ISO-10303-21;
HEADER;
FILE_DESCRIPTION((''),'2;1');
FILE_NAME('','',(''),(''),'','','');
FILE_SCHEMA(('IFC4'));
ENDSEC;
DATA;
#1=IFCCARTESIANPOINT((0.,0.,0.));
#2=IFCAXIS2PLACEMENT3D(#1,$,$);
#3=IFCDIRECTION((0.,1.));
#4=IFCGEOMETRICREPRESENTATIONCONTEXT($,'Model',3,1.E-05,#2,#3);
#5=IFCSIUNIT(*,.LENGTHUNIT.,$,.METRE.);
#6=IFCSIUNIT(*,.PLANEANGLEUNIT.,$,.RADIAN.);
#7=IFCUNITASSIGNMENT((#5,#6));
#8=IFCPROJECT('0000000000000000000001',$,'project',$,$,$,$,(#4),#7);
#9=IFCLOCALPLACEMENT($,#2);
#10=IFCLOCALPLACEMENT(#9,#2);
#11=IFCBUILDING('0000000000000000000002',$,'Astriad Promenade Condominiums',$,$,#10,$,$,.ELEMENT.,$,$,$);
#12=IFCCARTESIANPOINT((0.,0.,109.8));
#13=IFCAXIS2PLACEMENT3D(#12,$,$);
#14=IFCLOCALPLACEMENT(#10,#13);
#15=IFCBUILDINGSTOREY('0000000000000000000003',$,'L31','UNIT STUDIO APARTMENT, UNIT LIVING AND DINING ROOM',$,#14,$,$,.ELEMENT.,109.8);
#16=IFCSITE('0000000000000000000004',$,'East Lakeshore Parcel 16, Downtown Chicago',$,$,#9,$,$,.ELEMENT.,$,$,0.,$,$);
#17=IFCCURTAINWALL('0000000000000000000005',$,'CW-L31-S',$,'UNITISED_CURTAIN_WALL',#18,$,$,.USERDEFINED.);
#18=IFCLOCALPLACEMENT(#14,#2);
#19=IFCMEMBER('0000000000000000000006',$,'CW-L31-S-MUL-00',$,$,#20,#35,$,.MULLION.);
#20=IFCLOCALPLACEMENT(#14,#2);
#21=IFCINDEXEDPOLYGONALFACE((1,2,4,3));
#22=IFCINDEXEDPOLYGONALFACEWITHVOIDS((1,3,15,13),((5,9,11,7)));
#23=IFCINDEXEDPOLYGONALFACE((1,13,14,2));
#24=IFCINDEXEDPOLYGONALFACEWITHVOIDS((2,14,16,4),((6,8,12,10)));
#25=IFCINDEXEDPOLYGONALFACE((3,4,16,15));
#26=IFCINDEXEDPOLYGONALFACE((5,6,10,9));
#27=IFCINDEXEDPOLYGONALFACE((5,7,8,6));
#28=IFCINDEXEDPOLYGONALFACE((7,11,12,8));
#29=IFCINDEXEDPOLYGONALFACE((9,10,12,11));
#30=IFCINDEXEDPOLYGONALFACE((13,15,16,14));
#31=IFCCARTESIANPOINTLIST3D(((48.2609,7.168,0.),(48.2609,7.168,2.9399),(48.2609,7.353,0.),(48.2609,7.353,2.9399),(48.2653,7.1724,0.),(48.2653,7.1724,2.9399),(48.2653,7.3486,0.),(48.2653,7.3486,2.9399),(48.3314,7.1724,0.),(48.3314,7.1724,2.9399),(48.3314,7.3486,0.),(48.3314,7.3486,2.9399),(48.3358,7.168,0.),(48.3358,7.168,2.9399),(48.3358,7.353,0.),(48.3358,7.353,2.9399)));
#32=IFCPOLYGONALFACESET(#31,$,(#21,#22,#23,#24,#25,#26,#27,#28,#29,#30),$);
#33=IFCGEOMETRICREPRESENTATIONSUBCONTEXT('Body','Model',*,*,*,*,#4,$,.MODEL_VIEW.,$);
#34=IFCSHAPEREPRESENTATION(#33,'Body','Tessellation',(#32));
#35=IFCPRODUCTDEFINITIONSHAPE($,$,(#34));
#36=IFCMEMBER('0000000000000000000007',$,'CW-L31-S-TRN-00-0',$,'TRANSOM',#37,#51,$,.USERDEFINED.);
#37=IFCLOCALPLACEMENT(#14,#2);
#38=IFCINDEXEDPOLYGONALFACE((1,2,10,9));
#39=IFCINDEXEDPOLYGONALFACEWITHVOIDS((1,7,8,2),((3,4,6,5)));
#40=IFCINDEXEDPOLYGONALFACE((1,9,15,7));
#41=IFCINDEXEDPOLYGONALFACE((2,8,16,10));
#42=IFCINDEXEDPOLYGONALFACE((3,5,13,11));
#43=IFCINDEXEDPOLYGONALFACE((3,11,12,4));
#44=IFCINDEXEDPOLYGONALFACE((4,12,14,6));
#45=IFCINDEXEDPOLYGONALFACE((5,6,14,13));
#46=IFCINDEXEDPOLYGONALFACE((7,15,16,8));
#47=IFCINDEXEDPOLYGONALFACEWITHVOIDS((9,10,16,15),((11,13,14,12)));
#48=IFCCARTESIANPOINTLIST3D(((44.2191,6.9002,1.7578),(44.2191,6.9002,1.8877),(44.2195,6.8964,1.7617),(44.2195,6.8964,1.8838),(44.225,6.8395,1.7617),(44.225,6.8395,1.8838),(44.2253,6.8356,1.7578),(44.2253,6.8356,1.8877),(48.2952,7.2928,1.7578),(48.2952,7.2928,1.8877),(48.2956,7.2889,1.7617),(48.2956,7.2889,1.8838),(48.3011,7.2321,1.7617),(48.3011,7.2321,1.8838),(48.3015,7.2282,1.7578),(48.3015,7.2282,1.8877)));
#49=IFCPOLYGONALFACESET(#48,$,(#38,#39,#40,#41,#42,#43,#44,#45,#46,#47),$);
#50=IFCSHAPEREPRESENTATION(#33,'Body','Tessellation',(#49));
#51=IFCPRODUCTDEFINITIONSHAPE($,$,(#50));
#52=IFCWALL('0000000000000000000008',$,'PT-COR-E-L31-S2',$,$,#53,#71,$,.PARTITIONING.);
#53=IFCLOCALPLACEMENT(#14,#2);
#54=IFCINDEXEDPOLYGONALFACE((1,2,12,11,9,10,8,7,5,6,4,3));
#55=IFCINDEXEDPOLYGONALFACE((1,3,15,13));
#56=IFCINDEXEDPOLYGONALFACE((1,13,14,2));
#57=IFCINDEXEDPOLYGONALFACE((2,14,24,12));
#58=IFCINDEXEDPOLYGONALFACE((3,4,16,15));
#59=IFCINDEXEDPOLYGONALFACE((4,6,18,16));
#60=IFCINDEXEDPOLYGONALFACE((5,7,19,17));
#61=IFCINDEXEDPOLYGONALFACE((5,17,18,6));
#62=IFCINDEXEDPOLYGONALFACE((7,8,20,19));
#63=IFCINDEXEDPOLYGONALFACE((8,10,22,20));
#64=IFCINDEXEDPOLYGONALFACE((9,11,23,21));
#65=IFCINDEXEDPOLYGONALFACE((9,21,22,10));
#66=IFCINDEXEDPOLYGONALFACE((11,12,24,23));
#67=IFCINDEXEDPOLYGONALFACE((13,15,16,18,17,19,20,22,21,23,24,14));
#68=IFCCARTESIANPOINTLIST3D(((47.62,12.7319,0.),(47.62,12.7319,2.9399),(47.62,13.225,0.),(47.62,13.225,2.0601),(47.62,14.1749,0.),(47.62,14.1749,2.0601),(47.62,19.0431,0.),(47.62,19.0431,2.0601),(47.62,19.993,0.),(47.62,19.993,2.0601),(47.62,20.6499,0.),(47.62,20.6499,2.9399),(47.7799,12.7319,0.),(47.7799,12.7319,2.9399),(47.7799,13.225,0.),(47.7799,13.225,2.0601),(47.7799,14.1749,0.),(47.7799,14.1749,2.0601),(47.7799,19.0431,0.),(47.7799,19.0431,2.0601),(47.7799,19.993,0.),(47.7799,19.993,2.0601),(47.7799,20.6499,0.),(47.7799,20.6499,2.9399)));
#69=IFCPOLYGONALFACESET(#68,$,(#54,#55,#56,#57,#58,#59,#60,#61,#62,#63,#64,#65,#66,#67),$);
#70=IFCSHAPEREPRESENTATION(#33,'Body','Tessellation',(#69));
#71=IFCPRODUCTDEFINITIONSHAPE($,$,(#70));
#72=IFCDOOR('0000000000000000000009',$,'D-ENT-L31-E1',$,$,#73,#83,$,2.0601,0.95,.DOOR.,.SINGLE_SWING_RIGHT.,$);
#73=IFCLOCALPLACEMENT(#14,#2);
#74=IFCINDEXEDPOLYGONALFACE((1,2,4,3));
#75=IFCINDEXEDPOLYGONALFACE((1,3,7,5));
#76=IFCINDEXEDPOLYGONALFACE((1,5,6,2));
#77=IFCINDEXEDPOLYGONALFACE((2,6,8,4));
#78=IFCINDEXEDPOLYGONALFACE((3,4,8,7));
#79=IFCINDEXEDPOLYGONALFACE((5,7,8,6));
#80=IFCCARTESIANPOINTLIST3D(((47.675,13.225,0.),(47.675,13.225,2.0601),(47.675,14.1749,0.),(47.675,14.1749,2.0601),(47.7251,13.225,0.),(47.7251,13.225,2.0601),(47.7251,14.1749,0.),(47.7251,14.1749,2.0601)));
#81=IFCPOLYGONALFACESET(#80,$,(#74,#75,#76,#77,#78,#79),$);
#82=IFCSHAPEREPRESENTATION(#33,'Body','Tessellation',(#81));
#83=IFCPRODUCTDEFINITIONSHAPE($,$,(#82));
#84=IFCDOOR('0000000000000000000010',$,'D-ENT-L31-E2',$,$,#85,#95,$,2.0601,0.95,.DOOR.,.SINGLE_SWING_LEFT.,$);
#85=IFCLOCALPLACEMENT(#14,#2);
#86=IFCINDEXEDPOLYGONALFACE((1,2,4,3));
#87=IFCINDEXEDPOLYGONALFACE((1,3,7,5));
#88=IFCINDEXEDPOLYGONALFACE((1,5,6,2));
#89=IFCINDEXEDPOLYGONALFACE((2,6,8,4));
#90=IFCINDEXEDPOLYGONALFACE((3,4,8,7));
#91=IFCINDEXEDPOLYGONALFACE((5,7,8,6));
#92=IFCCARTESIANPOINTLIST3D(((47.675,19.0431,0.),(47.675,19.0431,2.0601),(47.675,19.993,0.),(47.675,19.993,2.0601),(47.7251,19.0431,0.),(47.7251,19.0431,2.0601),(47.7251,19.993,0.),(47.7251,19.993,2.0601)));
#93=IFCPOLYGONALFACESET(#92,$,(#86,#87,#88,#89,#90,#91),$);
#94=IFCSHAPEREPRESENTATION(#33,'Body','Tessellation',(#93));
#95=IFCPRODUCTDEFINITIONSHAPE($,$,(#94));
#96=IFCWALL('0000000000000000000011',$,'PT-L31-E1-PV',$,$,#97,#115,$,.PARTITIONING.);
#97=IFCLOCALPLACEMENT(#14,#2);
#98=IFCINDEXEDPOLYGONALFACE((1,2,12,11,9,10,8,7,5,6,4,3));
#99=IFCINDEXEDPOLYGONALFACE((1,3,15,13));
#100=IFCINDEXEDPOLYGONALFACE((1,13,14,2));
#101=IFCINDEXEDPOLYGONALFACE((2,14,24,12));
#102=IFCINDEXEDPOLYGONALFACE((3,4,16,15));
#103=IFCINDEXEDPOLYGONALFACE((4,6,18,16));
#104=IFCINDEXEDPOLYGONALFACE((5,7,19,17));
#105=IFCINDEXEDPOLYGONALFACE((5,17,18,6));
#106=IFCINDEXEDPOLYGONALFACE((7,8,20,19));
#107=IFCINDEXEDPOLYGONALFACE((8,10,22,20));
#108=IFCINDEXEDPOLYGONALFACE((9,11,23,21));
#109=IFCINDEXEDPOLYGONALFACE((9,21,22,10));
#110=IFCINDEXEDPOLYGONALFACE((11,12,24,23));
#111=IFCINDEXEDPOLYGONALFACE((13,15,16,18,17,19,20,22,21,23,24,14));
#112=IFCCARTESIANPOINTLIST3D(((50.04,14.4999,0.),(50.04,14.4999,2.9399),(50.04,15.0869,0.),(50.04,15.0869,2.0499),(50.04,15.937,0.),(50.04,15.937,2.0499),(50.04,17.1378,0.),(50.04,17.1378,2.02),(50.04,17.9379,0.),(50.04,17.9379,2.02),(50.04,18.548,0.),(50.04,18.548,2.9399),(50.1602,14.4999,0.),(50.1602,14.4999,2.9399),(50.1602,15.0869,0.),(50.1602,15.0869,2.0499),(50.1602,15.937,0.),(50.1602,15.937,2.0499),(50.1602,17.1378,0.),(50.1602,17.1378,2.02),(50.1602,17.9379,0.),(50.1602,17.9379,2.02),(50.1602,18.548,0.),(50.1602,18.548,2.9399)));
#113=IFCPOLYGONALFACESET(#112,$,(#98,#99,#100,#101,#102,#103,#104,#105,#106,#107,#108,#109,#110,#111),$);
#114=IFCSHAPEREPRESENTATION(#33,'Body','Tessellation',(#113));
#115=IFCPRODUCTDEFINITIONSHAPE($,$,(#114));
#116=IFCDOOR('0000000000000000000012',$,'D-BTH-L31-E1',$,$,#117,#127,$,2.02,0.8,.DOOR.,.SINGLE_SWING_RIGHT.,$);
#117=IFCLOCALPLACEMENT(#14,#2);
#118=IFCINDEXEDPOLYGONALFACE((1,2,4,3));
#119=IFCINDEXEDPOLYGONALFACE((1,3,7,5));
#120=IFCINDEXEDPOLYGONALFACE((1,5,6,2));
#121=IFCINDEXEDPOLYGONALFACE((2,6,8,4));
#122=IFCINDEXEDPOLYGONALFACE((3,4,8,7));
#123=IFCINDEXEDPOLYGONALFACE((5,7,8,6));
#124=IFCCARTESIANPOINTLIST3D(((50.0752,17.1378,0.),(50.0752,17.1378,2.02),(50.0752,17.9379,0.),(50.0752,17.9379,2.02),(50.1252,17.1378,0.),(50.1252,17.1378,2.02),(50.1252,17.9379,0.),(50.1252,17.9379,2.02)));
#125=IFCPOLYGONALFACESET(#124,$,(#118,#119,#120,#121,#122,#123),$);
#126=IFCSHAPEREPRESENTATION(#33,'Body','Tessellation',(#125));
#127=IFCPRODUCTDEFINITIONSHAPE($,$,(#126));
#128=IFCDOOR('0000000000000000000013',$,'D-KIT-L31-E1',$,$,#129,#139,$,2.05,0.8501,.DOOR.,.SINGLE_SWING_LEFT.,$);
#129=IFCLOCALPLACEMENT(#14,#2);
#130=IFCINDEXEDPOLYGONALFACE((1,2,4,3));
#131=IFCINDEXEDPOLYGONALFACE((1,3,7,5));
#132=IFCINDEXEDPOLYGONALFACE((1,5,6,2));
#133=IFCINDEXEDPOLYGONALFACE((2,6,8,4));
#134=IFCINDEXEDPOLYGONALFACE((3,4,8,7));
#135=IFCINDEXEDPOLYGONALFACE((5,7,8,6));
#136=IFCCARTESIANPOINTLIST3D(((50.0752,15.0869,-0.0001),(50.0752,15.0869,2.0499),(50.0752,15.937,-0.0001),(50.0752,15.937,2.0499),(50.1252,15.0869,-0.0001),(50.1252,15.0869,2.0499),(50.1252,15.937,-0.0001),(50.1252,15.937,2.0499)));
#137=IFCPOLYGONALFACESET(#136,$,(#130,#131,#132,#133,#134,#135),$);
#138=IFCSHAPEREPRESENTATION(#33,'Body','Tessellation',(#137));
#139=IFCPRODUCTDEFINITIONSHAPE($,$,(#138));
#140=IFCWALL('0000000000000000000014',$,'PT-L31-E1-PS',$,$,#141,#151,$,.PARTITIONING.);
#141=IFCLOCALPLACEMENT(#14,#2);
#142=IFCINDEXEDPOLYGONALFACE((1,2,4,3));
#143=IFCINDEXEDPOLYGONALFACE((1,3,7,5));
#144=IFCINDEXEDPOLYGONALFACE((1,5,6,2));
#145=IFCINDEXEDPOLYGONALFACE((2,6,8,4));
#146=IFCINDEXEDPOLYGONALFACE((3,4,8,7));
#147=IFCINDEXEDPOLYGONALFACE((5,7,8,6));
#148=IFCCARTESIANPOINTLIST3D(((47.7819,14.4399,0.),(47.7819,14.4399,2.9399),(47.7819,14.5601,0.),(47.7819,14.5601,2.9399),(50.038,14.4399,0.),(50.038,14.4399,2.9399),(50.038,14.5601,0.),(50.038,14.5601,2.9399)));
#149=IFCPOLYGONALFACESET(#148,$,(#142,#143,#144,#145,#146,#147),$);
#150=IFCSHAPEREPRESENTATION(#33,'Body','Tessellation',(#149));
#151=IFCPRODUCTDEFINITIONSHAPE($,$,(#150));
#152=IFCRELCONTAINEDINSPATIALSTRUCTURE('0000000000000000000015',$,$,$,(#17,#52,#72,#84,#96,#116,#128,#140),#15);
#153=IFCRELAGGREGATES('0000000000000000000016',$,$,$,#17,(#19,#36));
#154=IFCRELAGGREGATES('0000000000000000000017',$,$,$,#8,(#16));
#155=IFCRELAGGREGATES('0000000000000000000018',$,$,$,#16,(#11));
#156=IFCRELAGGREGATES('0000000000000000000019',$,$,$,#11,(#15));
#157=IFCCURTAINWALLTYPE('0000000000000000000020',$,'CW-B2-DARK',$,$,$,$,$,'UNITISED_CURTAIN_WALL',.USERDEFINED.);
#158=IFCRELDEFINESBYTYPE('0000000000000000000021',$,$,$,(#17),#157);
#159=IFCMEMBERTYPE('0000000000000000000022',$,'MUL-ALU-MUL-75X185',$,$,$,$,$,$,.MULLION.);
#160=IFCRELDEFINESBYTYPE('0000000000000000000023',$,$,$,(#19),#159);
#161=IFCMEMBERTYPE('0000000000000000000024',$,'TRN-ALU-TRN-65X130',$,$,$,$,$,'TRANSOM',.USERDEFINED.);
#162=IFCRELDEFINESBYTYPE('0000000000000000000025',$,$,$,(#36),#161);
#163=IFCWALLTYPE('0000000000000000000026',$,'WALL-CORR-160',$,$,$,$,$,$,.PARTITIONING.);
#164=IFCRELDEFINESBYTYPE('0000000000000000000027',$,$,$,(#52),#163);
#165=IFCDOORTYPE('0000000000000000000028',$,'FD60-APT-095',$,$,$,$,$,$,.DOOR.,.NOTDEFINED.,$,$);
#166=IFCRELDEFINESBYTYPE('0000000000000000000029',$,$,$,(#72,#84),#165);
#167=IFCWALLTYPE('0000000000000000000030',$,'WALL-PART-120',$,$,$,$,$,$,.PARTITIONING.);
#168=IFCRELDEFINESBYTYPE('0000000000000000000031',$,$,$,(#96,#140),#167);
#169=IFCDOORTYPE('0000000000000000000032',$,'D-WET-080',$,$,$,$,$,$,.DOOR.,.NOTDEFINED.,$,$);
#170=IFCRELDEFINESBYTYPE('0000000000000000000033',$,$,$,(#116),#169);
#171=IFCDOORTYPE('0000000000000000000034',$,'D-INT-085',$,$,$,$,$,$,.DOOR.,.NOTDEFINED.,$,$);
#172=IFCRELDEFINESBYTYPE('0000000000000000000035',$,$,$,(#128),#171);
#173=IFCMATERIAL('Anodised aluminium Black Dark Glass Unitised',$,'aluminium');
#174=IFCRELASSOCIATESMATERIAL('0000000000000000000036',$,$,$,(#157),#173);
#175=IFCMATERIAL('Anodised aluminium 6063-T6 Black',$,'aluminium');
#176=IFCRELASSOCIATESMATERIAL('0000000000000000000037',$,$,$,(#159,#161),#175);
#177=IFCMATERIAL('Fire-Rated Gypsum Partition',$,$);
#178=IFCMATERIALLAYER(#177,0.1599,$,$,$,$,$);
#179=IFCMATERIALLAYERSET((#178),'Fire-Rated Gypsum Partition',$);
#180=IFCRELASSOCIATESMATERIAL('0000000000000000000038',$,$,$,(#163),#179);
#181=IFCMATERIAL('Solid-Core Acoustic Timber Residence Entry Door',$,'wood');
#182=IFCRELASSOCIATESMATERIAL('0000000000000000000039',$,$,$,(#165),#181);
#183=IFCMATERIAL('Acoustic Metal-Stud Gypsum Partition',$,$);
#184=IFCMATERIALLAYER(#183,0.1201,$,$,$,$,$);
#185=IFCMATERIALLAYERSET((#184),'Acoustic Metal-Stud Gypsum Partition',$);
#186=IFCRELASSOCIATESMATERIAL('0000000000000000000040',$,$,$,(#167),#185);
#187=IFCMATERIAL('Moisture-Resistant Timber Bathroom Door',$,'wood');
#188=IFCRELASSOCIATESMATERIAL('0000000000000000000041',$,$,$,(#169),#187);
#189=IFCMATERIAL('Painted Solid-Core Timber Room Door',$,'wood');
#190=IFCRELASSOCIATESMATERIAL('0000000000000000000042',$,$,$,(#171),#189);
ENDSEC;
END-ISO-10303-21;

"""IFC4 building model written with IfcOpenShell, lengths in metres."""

from ifc_helpers import new_model, si_unit, direction, frame, frame_2d, origin, origin_2d, place, context, subcontext, project, spatial, rectangle, hollow_rectangle, extrude, source, transform, mapped, material, layer, layer_set, material_profile, profile_set, type_object, type_shapes, element, fill, aggregate, save


model = new_model("IFC4")

# Units and contexts
model_context = context("Model", 3, precision=1e-05, world=origin(), true_north=direction((0.0, 1.0)))
body_context = subcontext(model_context, "Body", "Model", "MODEL_VIEW")
ifc_project = project(units=[si_unit("LENGTHUNIT", "METRE"), si_unit("PLANEANGLEUNIT", "RADIAN")], contexts=[model_context])

# Site, building, storey
site_placement = place(None, origin())
site = spatial("IfcSite", under=ifc_project, at=site_placement, Name="East Lakeshore Parcel 16, Downtown Chicago", CompositionType="ELEMENT", RefElevation=0.0)
building_placement = place(site_placement, origin())
building = spatial("IfcBuilding", under=site, at=building_placement, Name="Astriad Promenade Condominiums", CompositionType="ELEMENT")
storey_placement = place(building_placement, frame((0.0, 0.0, 109.8)))
storey = spatial("IfcBuildingStorey", under=building, at=storey_placement, Name="L31", Description="UNIT STUDIO APARTMENT, UNIT LIVING AND DINING ROOM", CompositionType="ELEMENT", Elevation=109.8)

# Curtain wall, members
ifc_material_1 = material(Name="Anodised aluminium Black Dark Glass Unitised", Category="aluminium")
curtain_wall_type = type_object("IfcCurtainWallType", Name="CW-B2-DARK", ElementType="UNITISED_CURTAIN_WALL", PredefinedType="USERDEFINED", material=ifc_material_1)
curtain_wall_placement = place(storey_placement, origin())
curtain_wall = element("IfcCurtainWall", 1, at=curtain_wall_placement, inside=storey, type_object=curtain_wall_type, Name="CW-L31-S", ObjectType="UNITISED_CURTAIN_WALL", PredefinedType="USERDEFINED")
ifc_material_2 = material(Name="Anodised aluminium 6063-T6 Black", Category="aluminium")
ifc_material_profile_1 = material_profile(ifc_material_2, hollow_rectangle(XDim=0.075, YDim=0.1851, WallThickness=0.0044, at=origin_2d()), Name="ALU-MUL-75X185")
ifc_profile_set_1 = profile_set([ifc_material_profile_1], Name="Anodised aluminium 6063-T6 Black")
member_type_1 = type_object("IfcMemberType", Name="MUL-ALU-MUL-75X185", PredefinedType="MULLION", material=ifc_profile_set_1)
shared_shape_1 = source(origin(), body_context, "Body", "SweptSolid", [
    extrude(hollow_rectangle(XDim=0.075, YDim=0.1851, WallThickness=0.0044, at=origin_2d()), origin(), (0.0, 0.0, 1.0), 2.9399),
])
type_shapes(member_type_1, [shared_shape_1])
member_1_placement = place(storey_placement, frame((48.2983, 7.2605, 0.0), z_axis=(0.0, 0.0, 1.0), x_axis=(1.0, 0.0, 0.0)))
member_1 = element("IfcMember", 2, at=member_1_placement, type_object=member_type_1, Name="CW-L31-S-MUL-00", PredefinedType="MULLION", context=body_context, shape_type="MappedRepresentation", body=[
    mapped(shared_shape_1, transform((0.0, 0.0, 0.0), scale=1.0)),
])
ifc_material_profile_2 = material_profile(ifc_material_2, hollow_rectangle(XDim=0.0649, YDim=0.1299, WallThickness=0.0039, at=origin_2d()), Name="ALU-TRN-65X130")
ifc_profile_set_2 = profile_set([ifc_material_profile_2], Name="Anodised aluminium 6063-T6 Black")
member_type_2 = type_object("IfcMemberType", Name="TRN-ALU-TRN-65X130", ElementType="TRANSOM", PredefinedType="USERDEFINED", material=ifc_profile_set_2)
shared_shape_2 = source(origin(), body_context, "Body", "SweptSolid", [
    extrude(hollow_rectangle(XDim=0.0649, YDim=0.1299, WallThickness=0.0039, at=origin_2d()), origin(), (0.0, 0.0, 1.0), 4.095),
])
type_shapes(member_type_2, [shared_shape_2])
member_2_placement = place(storey_placement, frame((48.2983, 7.2605, 1.8228), z_axis=(-0.995394, -0.095867, 0.0), x_axis=(0.095867, -0.995394, 0.0)))
member_2 = element("IfcMember", 3, at=member_2_placement, type_object=member_type_2, Name="CW-L31-S-TRN-00-0", ObjectType="TRANSOM", PredefinedType="USERDEFINED", context=body_context, shape_type="MappedRepresentation", body=[
    mapped(shared_shape_2, transform((0.0, 0.0, 0.0), scale=1.0)),
])
aggregate(curtain_wall, [member_1, member_2])

# Walls, openings, doors
ifc_material_3 = material(Name="Fire-Rated Gypsum Partition")
ifc_layer_1 = layer(ifc_material_3, 0.1599)
ifc_layer_set_1 = layer_set([ifc_layer_1], Name="Fire-Rated Gypsum Partition")
wall_type_1 = type_object("IfcWallType", Name="WALL-CORR-160", PredefinedType="PARTITIONING", material=ifc_layer_set_1)
wall_1_placement = place(storey_placement, frame((47.7, 12.7319, 0.0), z_axis=(0.0, 0.0, 1.0), x_axis=(0.0, 1.0, 0.0)))
wall_1 = element("IfcWall", 4, at=wall_1_placement, inside=storey, type_object=wall_type_1, Name="PT-COR-E-L31-S2", PredefinedType="PARTITIONING", context=body_context, shape_type="SweptSolid", body=[
    extrude(rectangle(XDim=7.918, YDim=0.1599, at=frame_2d((3.959, 0.0))), origin(), (0.0, 0.0, 1.0), 2.9399),
])
opening_1_placement = place(wall_1_placement, frame((0.4929, 0.0, 0.0)))
opening_1 = element("IfcOpeningElement", 5, at=opening_1_placement, cuts=wall_1, PredefinedType="OPENING", context=body_context, shape_type="SweptSolid", body=[
    extrude(rectangle(XDim=0.95, YDim=2.0601, at=frame_2d((0.4751, 1.03))), frame((0.0, 0.0898, 0.0), z_axis=(0.0, -1.0, 0.0), x_axis=(1.0, 0.0, 0.0)), (0.0, 0.0, 1.0), 0.1799),
])
opening_2_placement = place(wall_1_placement, frame((6.311, 0.0, 0.0)))
opening_2 = element("IfcOpeningElement", 6, at=opening_2_placement, cuts=wall_1, PredefinedType="OPENING", context=body_context, shape_type="SweptSolid", body=[
    extrude(rectangle(XDim=0.95, YDim=2.0601, at=frame_2d((0.4751, 1.03))), frame((0.0, 0.0898, 0.0), z_axis=(0.0, -1.0, 0.0), x_axis=(1.0, 0.0, 0.0)), (0.0, 0.0, 1.0), 0.1799),
])
ifc_material_4 = material(Name="Solid-Core Acoustic Timber Residence Entry Door", Category="wood")
door_type_1 = type_object("IfcDoorType", Name="FD60-APT-095", OperationType="NOTDEFINED", PredefinedType="DOOR", material=ifc_material_4)
shared_shape_3 = source(origin(), body_context, "Body", "SweptSolid", [
    extrude(rectangle(XDim=0.95, YDim=2.0601, at=frame_2d((0.4751, 1.03))), frame((0.0, 0.0249, 0.0), z_axis=(0.0, -1.0, 0.0), x_axis=(1.0, 0.0, 0.0)), (0.0, 0.0, 1.0), 0.05),
])
type_shapes(door_type_1, [shared_shape_3])
door_1_placement = place(opening_1_placement, origin())
door_1 = element("IfcDoor", 7, at=door_1_placement, inside=storey, type_object=door_type_1, Name="D-ENT-L31-E1", OperationType="SINGLE_SWING_RIGHT", OverallHeight=2.0601, OverallWidth=0.95, PredefinedType="DOOR", context=body_context, shape_type="MappedRepresentation", body=[
    mapped(shared_shape_3, transform((0.0, 0.0, 0.0), scale=1.0)),
])
fill(opening_1, door_1)
door_2_placement = place(opening_2_placement, origin())
door_2 = element("IfcDoor", 8, at=door_2_placement, inside=storey, type_object=door_type_1, Name="D-ENT-L31-E2", OperationType="SINGLE_SWING_LEFT", OverallHeight=2.0601, OverallWidth=0.95, PredefinedType="DOOR", context=body_context, shape_type="MappedRepresentation", body=[
    mapped(shared_shape_3, transform((0.0, 0.0, 0.0), scale=1.0)),
])
fill(opening_2, door_2)
ifc_material_5 = material(Name="Acoustic Metal-Stud Gypsum Partition")
ifc_layer_2 = layer(ifc_material_5, 0.1201)
ifc_layer_set_2 = layer_set([ifc_layer_2], Name="Acoustic Metal-Stud Gypsum Partition")
wall_type_2 = type_object("IfcWallType", Name="WALL-PART-120", PredefinedType="PARTITIONING", material=ifc_layer_set_2)
wall_2_placement = place(storey_placement, frame((50.1001, 14.5, 0.0), z_axis=(0.0, 0.0, 1.0), x_axis=(0.0, 1.0, 0.0)))
wall_2 = element("IfcWall", 9, at=wall_2_placement, inside=storey, type_object=wall_type_2, Name="PT-L31-E1-PV", PredefinedType="PARTITIONING", context=body_context, shape_type="SweptSolid", body=[
    extrude(rectangle(XDim=4.0481, YDim=0.1201, at=frame_2d((2.0239, 0.0))), origin(), (0.0, 0.0, 1.0), 2.9399),
])
opening_3_placement = place(wall_2_placement, frame((0.5869, 0.0, 0.0)))
opening_3 = element("IfcOpeningElement", 10, at=opening_3_placement, cuts=wall_2, PredefinedType="OPENING", context=body_context, shape_type="SweptSolid", body=[
    extrude(rectangle(XDim=0.8501, YDim=2.05, at=frame_2d((0.425, 1.0249))), frame((0.0, 0.0701, 0.0), z_axis=(0.0, -1.0, 0.0), x_axis=(1.0, 0.0, 0.0)), (0.0, 0.0, 1.0), 0.1401),
])
opening_4_placement = place(wall_2_placement, frame((2.6379, 0.0, 0.0)))
opening_4 = element("IfcOpeningElement", 11, at=opening_4_placement, cuts=wall_2, PredefinedType="OPENING", context=body_context, shape_type="SweptSolid", body=[
    extrude(rectangle(XDim=0.8, YDim=2.02, at=frame_2d((0.3999, 1.01))), frame((0.0, 0.0701, 0.0), z_axis=(0.0, -1.0, 0.0), x_axis=(1.0, 0.0, 0.0)), (0.0, 0.0, 1.0), 0.1401),
])
ifc_material_6 = material(Name="Moisture-Resistant Timber Bathroom Door", Category="wood")
door_type_2 = type_object("IfcDoorType", Name="D-WET-080", OperationType="NOTDEFINED", PredefinedType="DOOR", material=ifc_material_6)
shared_shape_4 = source(origin(), body_context, "Body", "SweptSolid", [
    extrude(rectangle(XDim=0.8, YDim=2.02, at=frame_2d((0.3999, 1.01))), frame((0.0, 0.0249, 0.0), z_axis=(0.0, -1.0, 0.0), x_axis=(1.0, 0.0, 0.0)), (0.0, 0.0, 1.0), 0.05),
])
type_shapes(door_type_2, [shared_shape_4])
door_3_placement = place(opening_4_placement, origin())
door_3 = element("IfcDoor", 12, at=door_3_placement, inside=storey, type_object=door_type_2, Name="D-BTH-L31-E1", OperationType="SINGLE_SWING_RIGHT", OverallHeight=2.02, OverallWidth=0.8, PredefinedType="DOOR", context=body_context, shape_type="MappedRepresentation", body=[
    mapped(shared_shape_4, transform((0.0, 0.0, 0.0), scale=1.0)),
])
fill(opening_4, door_3)
ifc_material_7 = material(Name="Painted Solid-Core Timber Room Door", Category="wood")
door_type_3 = type_object("IfcDoorType", Name="D-INT-085", OperationType="NOTDEFINED", PredefinedType="DOOR", material=ifc_material_7)
shared_shape_5 = source(origin(), body_context, "Body", "SweptSolid", [
    extrude(rectangle(XDim=0.8501, YDim=2.05, at=frame_2d((0.425, 1.0249))), frame((0.0, 0.0249, 0.0), z_axis=(0.0, -1.0, 0.0), x_axis=(1.0, 0.0, 0.0)), (0.0, 0.0, 1.0), 0.05),
])
type_shapes(door_type_3, [shared_shape_5])
door_4_placement = place(opening_3_placement, origin())
door_4 = element("IfcDoor", 13, at=door_4_placement, inside=storey, type_object=door_type_3, Name="D-KIT-L31-E1", OperationType="SINGLE_SWING_LEFT", OverallHeight=2.05, OverallWidth=0.8501, PredefinedType="DOOR", context=body_context, shape_type="MappedRepresentation", body=[
    mapped(shared_shape_5, transform((0.0, 0.0, 0.0), scale=1.0)),
])
fill(opening_3, door_4)

# Wall
wall_3_placement = place(storey_placement, frame((47.782, 14.5, 0.0), z_axis=(0.0, 0.0, 1.0), x_axis=(1.0, 0.0, 0.0)))
element("IfcWall", 14, at=wall_3_placement, inside=storey, type_object=wall_type_2, Name="PT-L31-E1-PS", PredefinedType="PARTITIONING", context=body_context, shape_type="SweptSolid", body=[
    extrude(rectangle(XDim=2.2561, YDim=0.1201, at=frame_2d((1.1279, 0.0))), origin(), (0.0, 0.0, 1.0), 2.9399),
])

save(model, "model.ifc")
